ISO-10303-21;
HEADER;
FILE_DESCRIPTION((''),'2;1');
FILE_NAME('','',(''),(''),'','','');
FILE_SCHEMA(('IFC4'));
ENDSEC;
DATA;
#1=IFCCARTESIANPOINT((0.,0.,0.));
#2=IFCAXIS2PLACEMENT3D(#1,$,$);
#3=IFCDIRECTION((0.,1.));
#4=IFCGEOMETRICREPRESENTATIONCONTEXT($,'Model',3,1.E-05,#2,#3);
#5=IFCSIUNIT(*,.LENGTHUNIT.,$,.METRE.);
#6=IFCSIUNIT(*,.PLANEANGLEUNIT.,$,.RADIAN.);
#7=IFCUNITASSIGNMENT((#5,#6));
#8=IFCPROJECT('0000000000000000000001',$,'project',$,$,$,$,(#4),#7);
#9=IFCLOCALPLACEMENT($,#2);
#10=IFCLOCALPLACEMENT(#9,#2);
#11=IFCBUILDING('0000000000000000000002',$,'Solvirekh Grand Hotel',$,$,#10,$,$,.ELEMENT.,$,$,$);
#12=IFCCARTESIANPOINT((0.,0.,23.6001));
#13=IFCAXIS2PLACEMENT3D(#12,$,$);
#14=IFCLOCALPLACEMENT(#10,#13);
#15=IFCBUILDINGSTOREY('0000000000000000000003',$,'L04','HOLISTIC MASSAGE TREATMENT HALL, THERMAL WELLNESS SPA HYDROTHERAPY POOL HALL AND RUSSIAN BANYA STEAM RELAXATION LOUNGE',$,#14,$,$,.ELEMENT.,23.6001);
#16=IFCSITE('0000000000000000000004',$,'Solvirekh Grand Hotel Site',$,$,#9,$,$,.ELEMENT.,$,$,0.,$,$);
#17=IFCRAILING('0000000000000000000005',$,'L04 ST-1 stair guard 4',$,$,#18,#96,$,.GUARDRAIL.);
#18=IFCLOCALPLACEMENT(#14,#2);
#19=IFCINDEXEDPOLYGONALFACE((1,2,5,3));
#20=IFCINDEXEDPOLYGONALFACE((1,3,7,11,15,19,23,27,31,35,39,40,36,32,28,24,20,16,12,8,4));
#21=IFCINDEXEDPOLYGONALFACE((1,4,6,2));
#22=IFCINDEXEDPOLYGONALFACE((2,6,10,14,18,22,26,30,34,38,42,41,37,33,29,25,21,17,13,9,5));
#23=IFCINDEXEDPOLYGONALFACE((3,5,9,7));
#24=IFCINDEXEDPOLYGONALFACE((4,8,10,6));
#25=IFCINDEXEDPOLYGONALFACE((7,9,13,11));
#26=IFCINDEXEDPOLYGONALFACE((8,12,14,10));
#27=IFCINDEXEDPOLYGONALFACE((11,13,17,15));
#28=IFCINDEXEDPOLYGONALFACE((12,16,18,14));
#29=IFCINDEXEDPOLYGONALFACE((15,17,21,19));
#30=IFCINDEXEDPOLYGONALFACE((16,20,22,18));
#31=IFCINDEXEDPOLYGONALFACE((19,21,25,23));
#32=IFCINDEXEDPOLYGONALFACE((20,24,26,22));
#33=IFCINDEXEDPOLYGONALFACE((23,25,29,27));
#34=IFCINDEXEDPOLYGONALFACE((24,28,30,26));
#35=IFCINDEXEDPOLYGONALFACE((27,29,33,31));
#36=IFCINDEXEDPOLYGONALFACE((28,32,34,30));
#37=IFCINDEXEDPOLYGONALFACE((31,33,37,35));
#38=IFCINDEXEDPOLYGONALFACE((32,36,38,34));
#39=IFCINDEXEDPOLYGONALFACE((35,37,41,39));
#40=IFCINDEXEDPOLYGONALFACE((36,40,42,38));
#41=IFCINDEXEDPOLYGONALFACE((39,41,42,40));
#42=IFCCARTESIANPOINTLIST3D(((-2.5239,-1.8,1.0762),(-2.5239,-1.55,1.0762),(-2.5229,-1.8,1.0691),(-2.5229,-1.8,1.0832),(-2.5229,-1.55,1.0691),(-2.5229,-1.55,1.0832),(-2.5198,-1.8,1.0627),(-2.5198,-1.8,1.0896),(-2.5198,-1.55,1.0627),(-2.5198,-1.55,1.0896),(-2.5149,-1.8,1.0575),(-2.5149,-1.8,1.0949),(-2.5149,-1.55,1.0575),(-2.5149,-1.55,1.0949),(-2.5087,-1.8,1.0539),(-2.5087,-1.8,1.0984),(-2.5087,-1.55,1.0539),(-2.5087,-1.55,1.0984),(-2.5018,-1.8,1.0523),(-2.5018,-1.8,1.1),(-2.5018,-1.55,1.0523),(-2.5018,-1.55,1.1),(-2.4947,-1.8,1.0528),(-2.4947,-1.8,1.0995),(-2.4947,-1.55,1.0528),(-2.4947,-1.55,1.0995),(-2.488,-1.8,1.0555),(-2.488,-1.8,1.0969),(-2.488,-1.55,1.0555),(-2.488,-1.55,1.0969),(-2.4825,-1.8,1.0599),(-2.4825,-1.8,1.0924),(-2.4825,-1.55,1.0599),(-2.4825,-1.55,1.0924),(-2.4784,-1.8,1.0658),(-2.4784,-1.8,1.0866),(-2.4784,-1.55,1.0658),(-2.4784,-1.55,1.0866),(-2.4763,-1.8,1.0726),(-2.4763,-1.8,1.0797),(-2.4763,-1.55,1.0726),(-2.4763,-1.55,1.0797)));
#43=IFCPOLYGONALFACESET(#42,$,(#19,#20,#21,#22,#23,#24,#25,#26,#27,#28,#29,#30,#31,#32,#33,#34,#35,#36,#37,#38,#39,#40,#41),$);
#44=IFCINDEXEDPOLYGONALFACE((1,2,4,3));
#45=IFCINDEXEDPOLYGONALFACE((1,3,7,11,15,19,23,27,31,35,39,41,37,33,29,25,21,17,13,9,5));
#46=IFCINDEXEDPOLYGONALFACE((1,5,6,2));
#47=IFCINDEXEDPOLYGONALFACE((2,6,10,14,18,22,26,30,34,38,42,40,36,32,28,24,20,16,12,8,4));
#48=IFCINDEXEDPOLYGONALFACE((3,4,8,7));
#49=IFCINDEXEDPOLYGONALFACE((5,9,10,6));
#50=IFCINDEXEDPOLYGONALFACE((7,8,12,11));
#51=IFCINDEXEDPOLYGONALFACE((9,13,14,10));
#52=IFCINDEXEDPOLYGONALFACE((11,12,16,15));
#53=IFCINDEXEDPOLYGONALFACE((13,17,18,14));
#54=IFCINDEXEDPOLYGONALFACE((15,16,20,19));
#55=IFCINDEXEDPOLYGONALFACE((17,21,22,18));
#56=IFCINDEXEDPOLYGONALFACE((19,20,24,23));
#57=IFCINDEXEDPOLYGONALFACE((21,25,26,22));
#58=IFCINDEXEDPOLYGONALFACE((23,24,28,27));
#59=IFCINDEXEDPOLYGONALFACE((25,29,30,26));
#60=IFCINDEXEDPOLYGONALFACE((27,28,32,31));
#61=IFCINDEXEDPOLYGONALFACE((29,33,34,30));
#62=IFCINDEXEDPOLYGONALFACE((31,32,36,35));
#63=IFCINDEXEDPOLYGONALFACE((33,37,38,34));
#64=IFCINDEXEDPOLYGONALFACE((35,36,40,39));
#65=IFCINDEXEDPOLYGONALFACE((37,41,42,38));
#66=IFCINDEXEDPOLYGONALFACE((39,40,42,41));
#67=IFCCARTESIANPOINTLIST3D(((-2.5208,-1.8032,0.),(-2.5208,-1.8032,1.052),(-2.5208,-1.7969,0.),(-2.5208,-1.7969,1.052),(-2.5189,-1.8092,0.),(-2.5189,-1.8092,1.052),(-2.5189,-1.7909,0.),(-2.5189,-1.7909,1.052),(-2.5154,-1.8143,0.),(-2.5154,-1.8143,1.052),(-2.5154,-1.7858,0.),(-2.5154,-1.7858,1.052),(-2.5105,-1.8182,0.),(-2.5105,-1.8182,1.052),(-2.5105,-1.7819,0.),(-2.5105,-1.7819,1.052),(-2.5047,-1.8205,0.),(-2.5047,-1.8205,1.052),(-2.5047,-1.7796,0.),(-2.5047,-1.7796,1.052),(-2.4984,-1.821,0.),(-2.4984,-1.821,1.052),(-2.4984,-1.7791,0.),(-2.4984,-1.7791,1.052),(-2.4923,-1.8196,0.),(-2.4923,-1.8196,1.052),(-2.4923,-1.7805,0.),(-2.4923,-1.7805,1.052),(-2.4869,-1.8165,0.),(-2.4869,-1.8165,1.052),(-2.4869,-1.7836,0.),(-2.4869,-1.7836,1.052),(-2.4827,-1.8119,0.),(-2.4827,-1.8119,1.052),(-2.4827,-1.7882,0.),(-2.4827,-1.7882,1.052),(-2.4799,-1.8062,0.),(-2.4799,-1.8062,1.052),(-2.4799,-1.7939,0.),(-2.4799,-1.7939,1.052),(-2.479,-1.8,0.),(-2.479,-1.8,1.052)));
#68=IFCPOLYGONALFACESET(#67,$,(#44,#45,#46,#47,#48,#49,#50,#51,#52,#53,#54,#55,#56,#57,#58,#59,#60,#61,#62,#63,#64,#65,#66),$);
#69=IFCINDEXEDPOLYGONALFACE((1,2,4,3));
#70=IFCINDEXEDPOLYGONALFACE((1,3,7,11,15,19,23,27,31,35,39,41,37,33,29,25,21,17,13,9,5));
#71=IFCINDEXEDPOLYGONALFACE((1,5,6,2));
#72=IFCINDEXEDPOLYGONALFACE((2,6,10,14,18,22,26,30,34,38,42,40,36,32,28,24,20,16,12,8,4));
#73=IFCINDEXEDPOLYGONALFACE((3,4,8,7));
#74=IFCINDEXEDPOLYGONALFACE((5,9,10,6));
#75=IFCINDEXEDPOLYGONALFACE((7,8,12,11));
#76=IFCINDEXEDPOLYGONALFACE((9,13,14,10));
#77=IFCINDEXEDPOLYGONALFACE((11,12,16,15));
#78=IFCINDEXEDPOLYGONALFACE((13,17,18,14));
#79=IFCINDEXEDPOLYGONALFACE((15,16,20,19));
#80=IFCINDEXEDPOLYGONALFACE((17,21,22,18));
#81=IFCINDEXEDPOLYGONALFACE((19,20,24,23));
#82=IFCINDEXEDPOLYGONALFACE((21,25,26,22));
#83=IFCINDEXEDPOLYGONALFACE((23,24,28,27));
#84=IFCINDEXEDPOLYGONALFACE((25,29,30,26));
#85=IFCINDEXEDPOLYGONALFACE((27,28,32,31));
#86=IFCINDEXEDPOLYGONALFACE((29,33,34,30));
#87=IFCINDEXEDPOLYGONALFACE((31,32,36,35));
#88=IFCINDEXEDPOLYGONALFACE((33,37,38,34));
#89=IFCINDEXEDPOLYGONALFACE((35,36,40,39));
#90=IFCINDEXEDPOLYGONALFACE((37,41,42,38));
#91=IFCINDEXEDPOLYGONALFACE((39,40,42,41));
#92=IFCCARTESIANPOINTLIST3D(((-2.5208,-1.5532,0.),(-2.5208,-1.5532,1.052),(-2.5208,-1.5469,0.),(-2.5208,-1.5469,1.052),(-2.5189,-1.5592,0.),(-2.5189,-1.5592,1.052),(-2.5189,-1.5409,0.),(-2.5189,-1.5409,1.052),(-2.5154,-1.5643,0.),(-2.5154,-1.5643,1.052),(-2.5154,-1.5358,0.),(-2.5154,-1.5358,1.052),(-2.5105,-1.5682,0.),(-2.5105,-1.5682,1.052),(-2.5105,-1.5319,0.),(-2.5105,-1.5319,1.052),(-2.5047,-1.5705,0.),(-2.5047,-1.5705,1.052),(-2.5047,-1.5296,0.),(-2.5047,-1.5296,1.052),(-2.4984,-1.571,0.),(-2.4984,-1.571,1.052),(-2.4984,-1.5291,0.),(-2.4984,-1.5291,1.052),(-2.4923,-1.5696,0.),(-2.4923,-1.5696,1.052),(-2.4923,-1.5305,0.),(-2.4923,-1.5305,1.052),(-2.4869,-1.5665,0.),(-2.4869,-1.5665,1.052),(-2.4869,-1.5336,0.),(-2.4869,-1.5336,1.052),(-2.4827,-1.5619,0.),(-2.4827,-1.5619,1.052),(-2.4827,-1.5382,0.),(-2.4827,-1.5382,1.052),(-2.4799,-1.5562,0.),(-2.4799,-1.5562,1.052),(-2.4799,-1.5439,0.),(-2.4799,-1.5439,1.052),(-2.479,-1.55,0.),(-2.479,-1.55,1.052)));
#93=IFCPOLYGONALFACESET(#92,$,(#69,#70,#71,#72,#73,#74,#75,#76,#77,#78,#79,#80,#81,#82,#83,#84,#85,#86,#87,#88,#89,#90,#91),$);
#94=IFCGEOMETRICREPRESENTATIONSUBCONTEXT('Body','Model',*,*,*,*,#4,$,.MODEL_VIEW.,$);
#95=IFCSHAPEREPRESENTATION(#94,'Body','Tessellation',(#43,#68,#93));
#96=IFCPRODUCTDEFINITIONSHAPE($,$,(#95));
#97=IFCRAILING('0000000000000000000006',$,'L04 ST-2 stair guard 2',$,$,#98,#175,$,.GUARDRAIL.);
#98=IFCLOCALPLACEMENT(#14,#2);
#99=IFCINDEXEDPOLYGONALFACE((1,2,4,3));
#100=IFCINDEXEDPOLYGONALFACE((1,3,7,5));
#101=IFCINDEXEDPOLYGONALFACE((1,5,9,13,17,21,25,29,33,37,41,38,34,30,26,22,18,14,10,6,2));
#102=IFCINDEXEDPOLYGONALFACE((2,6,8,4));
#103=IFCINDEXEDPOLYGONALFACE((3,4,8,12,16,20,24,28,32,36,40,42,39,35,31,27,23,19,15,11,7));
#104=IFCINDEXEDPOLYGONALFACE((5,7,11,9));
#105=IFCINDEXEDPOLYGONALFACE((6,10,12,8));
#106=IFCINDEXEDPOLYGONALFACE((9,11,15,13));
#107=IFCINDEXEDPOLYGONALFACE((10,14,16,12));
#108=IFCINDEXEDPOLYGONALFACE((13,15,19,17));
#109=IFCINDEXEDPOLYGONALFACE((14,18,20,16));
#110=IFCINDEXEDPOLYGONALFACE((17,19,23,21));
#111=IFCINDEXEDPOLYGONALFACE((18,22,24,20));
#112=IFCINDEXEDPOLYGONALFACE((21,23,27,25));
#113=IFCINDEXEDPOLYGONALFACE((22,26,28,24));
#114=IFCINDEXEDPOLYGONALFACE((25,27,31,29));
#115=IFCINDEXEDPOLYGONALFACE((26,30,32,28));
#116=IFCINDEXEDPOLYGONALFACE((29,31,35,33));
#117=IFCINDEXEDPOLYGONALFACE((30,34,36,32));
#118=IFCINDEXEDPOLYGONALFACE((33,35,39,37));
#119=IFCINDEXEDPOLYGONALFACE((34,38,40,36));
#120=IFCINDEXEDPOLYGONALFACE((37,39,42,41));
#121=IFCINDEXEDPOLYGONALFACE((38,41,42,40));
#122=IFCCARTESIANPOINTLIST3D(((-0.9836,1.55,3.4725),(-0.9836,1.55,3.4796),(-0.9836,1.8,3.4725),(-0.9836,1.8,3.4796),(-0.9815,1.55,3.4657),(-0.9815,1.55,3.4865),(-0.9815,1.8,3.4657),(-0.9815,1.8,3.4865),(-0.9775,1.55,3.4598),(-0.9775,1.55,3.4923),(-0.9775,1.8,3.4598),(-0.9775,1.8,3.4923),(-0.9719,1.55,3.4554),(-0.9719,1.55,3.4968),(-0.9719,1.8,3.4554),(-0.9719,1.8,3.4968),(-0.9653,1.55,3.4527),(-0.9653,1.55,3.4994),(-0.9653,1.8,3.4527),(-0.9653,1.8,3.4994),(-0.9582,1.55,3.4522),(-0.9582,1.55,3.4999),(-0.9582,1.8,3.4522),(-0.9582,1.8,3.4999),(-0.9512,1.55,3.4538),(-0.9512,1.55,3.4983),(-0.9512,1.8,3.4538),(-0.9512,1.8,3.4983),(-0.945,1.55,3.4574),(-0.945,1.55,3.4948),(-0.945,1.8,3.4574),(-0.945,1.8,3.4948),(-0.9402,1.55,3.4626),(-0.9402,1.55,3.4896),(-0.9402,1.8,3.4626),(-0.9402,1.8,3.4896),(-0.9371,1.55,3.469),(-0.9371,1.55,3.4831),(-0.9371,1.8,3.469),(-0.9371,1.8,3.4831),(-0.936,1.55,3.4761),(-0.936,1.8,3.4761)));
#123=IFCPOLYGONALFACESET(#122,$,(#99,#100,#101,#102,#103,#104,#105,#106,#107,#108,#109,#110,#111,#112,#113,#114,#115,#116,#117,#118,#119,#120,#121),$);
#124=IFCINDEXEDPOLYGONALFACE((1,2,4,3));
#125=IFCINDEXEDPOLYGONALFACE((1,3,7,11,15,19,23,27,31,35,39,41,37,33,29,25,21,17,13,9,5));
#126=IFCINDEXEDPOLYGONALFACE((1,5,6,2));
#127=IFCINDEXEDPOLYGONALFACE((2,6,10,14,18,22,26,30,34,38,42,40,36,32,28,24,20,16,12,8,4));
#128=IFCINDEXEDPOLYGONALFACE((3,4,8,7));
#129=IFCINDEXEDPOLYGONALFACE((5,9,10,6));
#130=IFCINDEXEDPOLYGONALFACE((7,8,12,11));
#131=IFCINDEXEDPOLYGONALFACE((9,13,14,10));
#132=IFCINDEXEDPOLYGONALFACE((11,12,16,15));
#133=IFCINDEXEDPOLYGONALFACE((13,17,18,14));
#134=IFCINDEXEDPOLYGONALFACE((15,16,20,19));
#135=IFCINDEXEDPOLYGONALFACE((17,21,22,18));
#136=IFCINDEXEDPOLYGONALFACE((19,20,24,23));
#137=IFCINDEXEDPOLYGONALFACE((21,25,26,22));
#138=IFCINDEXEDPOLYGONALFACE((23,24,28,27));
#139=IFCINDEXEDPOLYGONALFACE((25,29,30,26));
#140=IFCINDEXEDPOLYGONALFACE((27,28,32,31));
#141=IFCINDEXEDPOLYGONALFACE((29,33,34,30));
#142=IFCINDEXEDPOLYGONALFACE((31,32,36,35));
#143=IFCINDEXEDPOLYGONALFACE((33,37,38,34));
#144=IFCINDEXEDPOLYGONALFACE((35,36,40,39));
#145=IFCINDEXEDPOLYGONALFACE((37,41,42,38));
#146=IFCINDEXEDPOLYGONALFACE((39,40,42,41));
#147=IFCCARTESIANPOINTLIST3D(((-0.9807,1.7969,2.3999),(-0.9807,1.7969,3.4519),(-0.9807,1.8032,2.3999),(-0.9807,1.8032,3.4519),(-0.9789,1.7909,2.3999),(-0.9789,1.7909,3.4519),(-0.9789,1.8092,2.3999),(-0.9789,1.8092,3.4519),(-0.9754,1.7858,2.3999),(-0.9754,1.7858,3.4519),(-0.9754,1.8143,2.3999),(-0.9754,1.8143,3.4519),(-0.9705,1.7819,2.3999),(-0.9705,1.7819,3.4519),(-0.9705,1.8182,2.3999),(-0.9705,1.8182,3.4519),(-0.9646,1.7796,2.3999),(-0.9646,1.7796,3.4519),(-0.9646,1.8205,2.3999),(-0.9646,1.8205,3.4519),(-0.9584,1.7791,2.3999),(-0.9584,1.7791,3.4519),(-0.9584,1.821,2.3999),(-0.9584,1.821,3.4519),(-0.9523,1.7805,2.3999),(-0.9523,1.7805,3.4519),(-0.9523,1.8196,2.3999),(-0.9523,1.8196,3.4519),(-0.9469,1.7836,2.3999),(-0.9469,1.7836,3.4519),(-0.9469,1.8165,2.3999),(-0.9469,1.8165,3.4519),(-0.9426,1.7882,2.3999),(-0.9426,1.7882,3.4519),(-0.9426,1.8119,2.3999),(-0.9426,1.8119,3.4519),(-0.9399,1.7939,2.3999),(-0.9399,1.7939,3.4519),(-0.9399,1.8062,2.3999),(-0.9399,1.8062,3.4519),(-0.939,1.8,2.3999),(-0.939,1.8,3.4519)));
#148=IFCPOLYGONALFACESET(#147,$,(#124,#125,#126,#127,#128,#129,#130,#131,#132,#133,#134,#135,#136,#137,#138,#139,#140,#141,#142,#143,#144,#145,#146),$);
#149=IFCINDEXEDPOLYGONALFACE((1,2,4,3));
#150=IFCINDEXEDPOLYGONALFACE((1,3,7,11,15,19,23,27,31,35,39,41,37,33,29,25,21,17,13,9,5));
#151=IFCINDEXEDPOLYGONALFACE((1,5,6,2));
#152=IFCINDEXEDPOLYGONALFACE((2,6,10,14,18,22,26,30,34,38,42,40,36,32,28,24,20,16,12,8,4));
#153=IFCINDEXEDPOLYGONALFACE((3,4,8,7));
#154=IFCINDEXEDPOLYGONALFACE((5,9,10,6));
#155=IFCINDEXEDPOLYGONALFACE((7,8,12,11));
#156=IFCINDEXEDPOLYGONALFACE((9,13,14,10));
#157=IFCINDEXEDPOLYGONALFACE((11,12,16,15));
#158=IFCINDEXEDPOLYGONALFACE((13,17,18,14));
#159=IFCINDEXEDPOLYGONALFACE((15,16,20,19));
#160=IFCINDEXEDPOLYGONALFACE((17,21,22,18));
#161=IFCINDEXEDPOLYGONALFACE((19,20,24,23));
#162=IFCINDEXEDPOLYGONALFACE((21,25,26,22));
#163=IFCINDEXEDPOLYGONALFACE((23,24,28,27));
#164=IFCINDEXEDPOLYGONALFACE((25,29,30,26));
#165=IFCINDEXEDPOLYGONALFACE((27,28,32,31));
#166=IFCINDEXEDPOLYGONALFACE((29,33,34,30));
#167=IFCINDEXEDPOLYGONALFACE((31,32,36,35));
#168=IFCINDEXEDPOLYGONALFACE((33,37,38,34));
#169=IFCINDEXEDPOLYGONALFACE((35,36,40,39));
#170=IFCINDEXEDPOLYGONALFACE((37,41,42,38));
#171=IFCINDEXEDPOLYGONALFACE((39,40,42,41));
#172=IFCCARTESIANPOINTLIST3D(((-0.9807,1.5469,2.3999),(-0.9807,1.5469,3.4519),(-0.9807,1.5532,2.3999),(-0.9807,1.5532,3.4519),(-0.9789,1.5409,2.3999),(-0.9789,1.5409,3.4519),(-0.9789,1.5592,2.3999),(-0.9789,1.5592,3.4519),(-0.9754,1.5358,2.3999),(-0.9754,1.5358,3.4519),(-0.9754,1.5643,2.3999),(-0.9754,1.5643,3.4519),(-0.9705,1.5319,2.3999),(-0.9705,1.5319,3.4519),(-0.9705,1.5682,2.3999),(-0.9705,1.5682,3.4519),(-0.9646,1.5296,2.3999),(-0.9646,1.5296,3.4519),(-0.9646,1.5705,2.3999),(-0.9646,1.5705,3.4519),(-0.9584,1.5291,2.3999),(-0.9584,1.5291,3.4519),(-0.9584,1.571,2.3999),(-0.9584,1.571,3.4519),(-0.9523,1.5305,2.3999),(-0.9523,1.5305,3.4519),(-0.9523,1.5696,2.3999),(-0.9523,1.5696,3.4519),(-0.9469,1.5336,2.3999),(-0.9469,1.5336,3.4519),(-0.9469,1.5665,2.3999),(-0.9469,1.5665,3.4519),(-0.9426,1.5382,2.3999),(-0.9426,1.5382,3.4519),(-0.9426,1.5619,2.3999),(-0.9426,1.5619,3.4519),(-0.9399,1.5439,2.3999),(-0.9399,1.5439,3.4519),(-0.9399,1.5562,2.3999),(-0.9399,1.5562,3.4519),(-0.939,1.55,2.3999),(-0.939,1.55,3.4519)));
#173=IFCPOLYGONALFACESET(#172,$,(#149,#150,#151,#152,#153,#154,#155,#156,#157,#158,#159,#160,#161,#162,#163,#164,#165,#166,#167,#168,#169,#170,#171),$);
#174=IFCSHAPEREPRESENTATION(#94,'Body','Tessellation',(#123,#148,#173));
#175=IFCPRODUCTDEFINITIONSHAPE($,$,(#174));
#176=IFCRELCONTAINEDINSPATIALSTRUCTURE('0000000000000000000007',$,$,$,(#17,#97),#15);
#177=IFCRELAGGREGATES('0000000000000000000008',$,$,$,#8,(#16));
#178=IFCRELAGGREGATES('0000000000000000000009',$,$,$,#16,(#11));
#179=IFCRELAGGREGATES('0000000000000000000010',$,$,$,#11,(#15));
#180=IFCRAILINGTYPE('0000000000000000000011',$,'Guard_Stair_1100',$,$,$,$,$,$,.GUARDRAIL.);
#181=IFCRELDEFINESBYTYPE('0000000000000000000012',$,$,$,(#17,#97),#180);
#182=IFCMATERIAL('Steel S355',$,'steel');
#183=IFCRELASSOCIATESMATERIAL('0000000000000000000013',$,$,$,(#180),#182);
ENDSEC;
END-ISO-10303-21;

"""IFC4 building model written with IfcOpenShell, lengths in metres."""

from ifc_helpers import new_model, si_unit, direction, frame, origin, origin_2d, place, context, subcontext, project, spatial, circle, extrude, material, type_object, element, save


model = new_model("IFC4")

# Units and contexts
model_context = context("Model", 3, precision=1e-05, world=origin(), true_north=direction((0.0, 1.0)))
body_context = subcontext(model_context, "Body", "Model", "MODEL_VIEW")
ifc_project = project(units=[si_unit("LENGTHUNIT", "METRE"), si_unit("PLANEANGLEUNIT", "RADIAN")], contexts=[model_context])

# Site, building, storey
site_placement = place(None, origin())
site = spatial("IfcSite", under=ifc_project, at=site_placement, Name="Solvirekh Grand Hotel Site", CompositionType="ELEMENT", RefElevation=0.0)
building_placement = place(site_placement, origin())
building = spatial("IfcBuilding", under=site, at=building_placement, Name="Solvirekh Grand Hotel", CompositionType="ELEMENT")
storey_placement = place(building_placement, frame((0.0, 0.0, 23.6001)))
storey = spatial("IfcBuildingStorey", under=building, at=storey_placement, Name="L04", Description="HOLISTIC MASSAGE TREATMENT HALL, THERMAL WELLNESS SPA HYDROTHERAPY POOL HALL AND RUSSIAN BANYA STEAM RELAXATION LOUNGE", CompositionType="ELEMENT", Elevation=23.6001)

# Railings
ifc_material_1 = material(Name="Steel S355", Category="steel")
railing_type_1 = type_object("IfcRailingType", Name="Guard_Stair_1100", PredefinedType="GUARDRAIL", material=ifc_material_1)
railing_1_placement = place(storey_placement, frame((-2.5, -1.8, 0.0)))
element("IfcRailing", 1, at=railing_1_placement, inside=storey, type_object=railing_type_1, Name="L04 ST-1 stair guard 4", PredefinedType="GUARDRAIL", context=body_context, shape_type="SweptSolid", body=[
    extrude(circle(Radius=0.0239, at=origin_2d()), frame((0.0, 0.0, 1.0762), z_axis=(0.0, 1.0, 0.0), x_axis=(-1.0, 0.0, 0.0)), (0.0, 0.0, 1.0), 0.25),
    extrude(circle(Radius=0.021, at=origin_2d()), origin(), (0.0, 0.0, 1.0), 1.052),
    extrude(circle(Radius=0.021, at=origin_2d()), frame((0.0, 0.25, 0.0)), (0.0, 0.0, 1.0), 1.052),
])
railing_2_placement = place(storey_placement, frame((-0.96, 1.8, 2.3999)))
element("IfcRailing", 2, at=railing_2_placement, inside=storey, type_object=railing_type_1, Name="L04 ST-2 stair guard 2", PredefinedType="GUARDRAIL", context=body_context, shape_type="SweptSolid", body=[
    extrude(circle(Radius=0.0239, at=origin_2d()), frame((0.0, 0.0, 1.0762), z_axis=(0.0, -1.0, 0.0), x_axis=(1.0, 0.0, 0.0)), (0.0, 0.0, 1.0), 0.25),
    extrude(circle(Radius=0.021, at=origin_2d()), origin(), (0.0, 0.0, 1.0), 1.052),
    extrude(circle(Radius=0.021, at=origin_2d()), frame((0.0, -0.25, 0.0)), (0.0, 0.0, 1.0), 1.052),
])

save(model, "model.ifc")
